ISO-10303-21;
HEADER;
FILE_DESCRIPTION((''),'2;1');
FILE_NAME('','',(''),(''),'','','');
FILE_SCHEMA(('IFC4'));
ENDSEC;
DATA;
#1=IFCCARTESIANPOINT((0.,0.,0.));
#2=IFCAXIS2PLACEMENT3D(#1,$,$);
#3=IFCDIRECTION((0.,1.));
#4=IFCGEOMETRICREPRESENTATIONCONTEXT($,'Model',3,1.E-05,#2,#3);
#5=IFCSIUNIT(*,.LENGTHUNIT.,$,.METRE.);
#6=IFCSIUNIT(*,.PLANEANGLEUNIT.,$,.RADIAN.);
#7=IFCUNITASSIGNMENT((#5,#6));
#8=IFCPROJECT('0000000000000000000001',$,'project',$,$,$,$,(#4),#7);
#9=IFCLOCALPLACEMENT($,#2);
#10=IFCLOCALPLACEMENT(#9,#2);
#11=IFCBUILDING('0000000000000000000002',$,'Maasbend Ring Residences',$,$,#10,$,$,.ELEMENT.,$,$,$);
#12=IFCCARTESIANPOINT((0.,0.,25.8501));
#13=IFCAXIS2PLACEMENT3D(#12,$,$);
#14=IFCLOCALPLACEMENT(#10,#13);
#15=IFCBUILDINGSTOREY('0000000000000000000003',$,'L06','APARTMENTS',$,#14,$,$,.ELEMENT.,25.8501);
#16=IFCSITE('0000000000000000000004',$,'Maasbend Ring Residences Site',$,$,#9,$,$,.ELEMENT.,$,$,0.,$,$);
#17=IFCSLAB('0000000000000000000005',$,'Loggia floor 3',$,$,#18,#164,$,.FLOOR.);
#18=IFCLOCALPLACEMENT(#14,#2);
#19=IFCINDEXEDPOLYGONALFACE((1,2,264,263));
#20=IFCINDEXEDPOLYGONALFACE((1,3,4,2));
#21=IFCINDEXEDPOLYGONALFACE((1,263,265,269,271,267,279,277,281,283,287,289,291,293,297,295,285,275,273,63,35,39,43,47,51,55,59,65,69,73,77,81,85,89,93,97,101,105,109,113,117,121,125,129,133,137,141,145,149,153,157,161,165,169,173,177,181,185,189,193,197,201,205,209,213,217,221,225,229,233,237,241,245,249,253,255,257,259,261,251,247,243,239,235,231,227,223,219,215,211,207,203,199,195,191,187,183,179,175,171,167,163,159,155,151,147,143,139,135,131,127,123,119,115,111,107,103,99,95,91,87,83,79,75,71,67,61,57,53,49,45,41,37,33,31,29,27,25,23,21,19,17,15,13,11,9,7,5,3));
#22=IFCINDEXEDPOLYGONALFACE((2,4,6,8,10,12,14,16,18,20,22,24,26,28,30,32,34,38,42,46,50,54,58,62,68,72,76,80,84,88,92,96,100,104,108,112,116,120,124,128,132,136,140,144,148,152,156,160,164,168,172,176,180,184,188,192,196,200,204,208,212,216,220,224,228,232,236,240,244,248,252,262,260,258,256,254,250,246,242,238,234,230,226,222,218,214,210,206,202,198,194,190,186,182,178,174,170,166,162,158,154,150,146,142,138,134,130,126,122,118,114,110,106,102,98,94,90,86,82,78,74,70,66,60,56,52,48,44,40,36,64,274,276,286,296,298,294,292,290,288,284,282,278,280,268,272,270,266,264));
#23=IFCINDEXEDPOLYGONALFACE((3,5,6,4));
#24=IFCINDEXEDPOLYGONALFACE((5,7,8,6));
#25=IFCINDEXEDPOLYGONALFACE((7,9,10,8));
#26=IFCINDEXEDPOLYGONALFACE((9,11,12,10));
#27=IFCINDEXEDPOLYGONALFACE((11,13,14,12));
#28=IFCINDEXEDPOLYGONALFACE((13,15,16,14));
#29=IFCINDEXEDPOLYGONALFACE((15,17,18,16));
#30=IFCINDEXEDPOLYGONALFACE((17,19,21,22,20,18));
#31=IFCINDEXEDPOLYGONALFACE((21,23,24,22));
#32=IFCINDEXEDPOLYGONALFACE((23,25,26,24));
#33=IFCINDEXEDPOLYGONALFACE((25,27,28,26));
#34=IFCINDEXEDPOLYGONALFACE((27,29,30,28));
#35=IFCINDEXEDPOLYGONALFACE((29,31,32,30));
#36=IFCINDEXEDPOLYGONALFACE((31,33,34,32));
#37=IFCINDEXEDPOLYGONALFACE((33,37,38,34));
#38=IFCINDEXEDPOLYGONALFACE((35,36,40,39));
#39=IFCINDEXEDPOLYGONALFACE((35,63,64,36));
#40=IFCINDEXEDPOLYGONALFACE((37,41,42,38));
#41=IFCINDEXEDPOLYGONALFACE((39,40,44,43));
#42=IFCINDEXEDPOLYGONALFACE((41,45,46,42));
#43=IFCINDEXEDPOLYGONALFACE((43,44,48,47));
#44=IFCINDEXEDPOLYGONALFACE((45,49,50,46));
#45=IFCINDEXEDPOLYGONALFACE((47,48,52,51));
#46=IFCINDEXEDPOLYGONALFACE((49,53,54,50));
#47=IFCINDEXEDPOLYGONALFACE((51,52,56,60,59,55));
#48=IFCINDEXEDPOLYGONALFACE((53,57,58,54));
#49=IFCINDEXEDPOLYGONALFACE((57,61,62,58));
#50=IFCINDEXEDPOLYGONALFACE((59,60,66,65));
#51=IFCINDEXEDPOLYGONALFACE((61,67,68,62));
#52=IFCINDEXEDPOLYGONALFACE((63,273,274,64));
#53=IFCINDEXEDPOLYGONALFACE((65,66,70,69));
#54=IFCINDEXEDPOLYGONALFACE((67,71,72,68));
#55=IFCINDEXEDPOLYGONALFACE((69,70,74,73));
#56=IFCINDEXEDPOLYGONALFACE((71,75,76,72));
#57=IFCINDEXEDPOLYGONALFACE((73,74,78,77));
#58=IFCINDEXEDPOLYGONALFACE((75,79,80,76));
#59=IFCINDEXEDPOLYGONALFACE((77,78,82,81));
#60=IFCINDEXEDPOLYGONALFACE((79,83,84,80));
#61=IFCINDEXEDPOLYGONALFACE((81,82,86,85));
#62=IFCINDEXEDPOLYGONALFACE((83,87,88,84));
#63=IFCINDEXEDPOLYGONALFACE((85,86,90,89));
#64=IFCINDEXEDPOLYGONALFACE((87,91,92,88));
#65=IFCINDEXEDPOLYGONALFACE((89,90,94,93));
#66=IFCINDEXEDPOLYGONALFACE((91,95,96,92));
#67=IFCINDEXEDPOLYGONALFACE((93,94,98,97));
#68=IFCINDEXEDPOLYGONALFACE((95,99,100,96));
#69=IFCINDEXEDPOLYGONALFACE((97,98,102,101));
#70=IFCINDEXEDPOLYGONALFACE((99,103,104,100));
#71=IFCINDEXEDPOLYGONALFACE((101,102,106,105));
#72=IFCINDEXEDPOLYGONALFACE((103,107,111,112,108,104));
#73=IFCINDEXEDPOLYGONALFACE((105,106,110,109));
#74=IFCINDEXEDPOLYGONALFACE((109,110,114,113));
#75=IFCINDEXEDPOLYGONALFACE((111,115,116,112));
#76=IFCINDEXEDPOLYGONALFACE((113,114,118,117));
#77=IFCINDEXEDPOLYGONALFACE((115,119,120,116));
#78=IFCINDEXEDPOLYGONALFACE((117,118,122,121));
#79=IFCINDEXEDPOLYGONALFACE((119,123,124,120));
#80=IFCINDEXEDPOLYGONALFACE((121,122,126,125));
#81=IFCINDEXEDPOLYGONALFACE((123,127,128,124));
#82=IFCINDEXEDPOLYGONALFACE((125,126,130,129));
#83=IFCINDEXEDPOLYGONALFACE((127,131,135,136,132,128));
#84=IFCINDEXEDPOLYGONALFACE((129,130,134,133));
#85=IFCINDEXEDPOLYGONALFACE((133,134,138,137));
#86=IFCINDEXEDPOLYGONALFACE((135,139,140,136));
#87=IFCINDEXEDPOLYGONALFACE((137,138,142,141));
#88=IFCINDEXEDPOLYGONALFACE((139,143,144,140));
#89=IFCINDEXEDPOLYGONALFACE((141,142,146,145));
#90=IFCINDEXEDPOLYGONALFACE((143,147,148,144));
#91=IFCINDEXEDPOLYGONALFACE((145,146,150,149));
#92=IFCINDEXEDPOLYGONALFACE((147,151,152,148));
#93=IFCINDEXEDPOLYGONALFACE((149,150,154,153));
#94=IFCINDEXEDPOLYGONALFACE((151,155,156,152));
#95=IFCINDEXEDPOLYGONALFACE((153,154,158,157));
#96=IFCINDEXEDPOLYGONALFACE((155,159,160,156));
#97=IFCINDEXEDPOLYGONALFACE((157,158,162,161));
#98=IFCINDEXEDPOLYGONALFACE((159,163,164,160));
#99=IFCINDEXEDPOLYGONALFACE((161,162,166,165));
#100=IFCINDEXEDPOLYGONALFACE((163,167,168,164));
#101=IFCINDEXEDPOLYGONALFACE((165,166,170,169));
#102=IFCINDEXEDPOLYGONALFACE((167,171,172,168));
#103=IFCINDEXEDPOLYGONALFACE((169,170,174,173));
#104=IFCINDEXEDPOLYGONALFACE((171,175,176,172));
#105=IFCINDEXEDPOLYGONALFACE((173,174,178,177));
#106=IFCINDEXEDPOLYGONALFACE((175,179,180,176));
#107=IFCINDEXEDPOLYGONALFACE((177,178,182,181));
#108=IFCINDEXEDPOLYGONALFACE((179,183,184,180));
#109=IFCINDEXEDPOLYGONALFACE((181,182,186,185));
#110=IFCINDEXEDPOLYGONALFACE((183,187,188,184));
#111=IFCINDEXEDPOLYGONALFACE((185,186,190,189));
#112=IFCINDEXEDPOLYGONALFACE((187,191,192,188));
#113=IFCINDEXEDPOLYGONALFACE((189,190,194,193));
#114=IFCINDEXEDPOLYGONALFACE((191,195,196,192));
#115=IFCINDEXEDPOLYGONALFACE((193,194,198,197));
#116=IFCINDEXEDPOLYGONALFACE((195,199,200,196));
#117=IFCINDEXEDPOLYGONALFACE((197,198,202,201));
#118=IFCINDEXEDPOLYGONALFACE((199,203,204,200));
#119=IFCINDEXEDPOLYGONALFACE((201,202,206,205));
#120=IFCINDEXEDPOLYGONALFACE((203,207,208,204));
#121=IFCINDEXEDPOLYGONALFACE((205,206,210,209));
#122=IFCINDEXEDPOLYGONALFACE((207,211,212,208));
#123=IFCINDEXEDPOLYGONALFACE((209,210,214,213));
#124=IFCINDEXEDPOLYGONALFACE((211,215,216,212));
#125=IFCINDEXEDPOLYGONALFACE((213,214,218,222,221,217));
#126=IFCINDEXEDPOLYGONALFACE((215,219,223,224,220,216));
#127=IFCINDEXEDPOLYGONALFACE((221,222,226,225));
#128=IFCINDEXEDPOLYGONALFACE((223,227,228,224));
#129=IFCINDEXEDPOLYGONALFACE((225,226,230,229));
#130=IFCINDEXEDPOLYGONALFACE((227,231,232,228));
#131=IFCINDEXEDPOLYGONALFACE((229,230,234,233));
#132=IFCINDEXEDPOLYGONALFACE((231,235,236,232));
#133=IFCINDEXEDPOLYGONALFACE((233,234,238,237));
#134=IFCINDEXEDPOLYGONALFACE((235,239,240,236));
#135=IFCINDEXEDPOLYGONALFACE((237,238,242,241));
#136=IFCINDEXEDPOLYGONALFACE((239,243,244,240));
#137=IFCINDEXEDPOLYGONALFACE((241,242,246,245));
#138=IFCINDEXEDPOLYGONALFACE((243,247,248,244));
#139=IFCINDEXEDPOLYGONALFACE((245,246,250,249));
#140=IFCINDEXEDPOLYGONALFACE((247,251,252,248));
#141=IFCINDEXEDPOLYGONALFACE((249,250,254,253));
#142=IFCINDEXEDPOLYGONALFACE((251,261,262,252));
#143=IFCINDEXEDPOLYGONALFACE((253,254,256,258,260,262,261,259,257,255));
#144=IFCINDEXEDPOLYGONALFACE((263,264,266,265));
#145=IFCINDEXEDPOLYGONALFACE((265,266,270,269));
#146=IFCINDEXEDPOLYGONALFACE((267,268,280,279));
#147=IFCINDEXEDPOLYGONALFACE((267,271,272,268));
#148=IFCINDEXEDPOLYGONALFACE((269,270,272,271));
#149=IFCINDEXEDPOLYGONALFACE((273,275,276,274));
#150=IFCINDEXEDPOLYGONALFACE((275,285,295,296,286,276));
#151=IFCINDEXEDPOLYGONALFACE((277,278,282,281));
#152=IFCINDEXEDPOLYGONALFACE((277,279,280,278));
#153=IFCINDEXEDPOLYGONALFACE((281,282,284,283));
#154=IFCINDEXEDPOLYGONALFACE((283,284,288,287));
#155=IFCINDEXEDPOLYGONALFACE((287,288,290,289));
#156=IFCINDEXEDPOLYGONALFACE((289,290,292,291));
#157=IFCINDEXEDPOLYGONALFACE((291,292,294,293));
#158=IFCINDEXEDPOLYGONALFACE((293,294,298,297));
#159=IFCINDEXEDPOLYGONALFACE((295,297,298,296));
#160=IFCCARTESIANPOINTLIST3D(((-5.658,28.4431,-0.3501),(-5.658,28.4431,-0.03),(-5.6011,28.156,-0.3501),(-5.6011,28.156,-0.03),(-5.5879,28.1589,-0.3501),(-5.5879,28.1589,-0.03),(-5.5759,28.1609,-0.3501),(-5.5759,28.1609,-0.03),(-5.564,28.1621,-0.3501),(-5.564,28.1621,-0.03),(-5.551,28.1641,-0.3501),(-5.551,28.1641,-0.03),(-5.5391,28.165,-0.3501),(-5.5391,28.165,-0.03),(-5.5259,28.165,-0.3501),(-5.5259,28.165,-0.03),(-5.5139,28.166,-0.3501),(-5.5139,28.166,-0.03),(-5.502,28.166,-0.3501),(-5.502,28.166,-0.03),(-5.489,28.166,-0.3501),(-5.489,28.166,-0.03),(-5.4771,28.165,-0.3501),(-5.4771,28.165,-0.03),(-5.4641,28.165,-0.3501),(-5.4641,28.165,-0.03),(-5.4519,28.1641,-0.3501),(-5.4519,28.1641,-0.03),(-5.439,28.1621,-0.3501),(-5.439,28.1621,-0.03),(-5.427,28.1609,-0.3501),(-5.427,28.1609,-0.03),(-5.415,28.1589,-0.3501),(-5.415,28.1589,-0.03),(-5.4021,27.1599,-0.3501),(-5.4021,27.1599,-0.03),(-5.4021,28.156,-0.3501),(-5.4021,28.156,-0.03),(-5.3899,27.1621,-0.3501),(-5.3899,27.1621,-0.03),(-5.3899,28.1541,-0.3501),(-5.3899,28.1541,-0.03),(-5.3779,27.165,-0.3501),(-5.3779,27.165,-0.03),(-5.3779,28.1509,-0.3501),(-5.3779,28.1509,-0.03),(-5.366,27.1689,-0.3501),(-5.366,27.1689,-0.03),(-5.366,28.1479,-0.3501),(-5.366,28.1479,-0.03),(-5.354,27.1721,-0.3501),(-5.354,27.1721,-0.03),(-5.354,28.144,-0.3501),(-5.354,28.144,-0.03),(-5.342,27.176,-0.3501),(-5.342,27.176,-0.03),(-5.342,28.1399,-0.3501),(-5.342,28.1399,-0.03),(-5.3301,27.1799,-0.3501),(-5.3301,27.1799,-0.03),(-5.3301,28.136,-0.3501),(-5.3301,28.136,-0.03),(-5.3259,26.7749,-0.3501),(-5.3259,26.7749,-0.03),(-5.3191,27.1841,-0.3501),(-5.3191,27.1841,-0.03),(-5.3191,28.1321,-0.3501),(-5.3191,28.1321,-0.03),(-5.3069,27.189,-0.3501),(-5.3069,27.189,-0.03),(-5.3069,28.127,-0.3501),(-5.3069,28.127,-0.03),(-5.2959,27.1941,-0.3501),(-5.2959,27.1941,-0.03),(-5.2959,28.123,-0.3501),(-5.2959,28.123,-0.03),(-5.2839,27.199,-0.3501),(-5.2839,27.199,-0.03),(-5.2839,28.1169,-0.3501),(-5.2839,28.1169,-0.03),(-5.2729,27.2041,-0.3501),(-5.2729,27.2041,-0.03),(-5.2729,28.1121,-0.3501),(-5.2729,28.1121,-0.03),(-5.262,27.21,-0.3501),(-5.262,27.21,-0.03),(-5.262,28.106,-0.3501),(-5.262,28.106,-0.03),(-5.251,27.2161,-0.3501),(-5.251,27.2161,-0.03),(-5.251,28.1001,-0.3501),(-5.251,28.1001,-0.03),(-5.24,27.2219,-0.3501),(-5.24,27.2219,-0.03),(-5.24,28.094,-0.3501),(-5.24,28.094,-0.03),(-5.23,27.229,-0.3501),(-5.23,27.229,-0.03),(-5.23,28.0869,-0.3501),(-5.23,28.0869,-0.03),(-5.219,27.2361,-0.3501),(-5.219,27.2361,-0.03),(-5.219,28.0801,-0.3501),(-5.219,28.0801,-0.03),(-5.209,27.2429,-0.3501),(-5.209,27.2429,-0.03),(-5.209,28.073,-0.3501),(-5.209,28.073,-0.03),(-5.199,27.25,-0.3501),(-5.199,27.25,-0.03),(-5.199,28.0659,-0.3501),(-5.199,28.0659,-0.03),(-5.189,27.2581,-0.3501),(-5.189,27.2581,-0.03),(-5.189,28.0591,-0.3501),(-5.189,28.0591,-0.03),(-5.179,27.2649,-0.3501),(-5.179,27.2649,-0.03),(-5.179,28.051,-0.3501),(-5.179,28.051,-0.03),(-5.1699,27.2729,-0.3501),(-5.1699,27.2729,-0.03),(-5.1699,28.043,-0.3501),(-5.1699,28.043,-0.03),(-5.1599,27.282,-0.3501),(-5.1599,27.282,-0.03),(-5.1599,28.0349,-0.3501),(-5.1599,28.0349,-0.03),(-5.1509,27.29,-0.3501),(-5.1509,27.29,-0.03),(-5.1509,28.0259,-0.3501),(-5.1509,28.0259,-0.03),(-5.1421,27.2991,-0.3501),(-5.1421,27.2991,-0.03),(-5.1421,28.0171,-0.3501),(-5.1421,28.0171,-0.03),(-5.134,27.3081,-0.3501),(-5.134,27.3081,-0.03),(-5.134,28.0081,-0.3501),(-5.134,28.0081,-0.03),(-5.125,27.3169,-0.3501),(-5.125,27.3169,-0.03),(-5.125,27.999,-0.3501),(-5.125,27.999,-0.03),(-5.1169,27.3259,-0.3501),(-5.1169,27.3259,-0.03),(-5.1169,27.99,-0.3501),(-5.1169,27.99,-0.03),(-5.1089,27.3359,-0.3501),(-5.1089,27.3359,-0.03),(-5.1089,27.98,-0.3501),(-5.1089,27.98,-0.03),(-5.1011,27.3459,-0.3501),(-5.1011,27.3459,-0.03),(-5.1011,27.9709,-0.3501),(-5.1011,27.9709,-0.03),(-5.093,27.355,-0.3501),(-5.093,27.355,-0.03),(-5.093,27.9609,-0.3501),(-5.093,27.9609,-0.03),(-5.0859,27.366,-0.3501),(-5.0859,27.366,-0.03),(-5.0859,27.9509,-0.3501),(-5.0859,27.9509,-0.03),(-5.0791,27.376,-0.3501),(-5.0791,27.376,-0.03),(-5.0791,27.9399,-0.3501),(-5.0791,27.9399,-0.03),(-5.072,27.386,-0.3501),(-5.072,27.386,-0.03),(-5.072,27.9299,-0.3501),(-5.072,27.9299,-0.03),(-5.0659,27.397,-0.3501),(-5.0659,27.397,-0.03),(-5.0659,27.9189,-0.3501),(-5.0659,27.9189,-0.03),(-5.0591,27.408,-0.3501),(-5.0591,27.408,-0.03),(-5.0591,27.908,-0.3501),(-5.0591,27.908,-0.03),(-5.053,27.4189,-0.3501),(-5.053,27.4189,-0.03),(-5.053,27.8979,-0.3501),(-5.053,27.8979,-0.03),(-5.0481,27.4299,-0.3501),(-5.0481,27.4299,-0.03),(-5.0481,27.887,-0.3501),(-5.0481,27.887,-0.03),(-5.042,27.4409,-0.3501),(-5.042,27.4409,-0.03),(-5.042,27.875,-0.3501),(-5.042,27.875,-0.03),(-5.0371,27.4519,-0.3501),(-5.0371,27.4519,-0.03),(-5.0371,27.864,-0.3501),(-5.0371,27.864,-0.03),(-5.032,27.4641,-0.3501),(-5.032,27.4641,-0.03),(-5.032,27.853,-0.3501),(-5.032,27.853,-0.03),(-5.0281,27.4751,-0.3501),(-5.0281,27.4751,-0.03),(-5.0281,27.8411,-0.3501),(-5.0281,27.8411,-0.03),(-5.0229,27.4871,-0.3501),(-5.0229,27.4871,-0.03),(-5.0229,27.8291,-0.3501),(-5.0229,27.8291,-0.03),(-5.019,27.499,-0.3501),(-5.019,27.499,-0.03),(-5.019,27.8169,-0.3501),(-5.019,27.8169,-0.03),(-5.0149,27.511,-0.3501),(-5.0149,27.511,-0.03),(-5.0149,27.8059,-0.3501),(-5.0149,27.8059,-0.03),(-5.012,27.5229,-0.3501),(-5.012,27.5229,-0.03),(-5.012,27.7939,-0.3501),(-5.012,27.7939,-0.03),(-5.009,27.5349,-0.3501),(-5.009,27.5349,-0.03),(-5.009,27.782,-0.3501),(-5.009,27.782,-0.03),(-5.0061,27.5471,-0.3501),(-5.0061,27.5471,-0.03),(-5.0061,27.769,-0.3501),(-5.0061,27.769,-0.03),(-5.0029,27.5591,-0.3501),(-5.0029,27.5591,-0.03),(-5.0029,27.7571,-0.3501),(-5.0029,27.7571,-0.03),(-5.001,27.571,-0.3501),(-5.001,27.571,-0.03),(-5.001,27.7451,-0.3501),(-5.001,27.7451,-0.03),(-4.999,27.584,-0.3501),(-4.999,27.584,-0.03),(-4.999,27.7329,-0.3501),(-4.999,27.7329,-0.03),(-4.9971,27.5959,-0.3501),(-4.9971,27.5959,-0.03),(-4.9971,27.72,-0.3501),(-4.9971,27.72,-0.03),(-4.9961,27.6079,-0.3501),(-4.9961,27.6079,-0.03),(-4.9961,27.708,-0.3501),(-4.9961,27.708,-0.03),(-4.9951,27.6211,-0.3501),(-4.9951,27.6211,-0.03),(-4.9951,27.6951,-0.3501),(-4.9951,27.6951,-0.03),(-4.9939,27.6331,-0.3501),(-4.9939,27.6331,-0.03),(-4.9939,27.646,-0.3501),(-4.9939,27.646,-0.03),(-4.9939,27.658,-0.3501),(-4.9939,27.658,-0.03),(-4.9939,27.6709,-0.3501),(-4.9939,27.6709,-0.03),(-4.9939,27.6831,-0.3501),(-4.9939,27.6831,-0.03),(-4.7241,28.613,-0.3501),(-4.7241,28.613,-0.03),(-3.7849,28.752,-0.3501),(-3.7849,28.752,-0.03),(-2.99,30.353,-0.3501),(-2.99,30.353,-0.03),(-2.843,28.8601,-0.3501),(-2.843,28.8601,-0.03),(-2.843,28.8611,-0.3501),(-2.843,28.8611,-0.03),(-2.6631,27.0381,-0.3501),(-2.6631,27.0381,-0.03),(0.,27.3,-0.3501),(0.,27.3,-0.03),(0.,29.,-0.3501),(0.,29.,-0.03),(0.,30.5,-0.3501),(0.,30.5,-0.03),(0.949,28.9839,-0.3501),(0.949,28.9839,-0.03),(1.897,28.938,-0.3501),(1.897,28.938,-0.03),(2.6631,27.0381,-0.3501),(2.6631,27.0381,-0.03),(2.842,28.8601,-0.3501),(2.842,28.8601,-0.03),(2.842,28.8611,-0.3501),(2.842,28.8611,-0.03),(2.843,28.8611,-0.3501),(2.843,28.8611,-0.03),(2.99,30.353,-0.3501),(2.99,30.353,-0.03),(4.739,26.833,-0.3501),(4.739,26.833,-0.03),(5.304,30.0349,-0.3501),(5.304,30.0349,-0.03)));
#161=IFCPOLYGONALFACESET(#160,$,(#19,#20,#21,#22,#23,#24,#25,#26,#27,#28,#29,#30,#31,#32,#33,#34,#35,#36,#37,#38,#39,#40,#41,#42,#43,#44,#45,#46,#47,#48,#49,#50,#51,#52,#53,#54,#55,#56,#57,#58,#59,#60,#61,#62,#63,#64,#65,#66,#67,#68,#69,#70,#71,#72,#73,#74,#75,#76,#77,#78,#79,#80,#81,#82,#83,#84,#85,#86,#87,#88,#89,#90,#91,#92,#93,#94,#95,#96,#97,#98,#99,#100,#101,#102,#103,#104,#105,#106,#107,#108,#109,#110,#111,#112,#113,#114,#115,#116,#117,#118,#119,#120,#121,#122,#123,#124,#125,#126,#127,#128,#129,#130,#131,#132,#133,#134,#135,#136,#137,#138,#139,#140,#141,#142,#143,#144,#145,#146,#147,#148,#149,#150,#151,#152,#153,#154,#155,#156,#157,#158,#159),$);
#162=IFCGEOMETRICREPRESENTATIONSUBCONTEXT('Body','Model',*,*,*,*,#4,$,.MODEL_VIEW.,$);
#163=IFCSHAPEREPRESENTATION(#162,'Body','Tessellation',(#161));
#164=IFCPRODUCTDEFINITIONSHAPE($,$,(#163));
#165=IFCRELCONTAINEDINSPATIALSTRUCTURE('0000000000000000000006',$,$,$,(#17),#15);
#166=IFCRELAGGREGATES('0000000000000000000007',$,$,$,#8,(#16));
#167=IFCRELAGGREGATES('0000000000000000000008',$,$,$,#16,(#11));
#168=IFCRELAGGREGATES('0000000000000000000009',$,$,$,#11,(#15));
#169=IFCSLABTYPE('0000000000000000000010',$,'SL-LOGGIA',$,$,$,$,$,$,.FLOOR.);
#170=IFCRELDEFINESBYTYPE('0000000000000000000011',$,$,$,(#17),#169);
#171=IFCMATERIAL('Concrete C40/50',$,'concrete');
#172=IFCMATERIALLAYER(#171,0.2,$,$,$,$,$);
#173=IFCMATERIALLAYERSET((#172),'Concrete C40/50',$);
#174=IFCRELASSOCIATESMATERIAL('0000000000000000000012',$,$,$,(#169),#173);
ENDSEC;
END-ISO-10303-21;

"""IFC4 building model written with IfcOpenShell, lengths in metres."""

from ifc_helpers import new_model, si_unit, direction, frame, origin, place, context, subcontext, project, spatial, polyline, outline, extrude, material, layer, layer_set, type_object, element, save


model = new_model("IFC4")

# Units and contexts
model_context = context("Model", 3, precision=1e-05, world=origin(), true_north=direction((0.0, 1.0)))
body_context = subcontext(model_context, "Body", "Model", "MODEL_VIEW")
ifc_project = project(units=[si_unit("LENGTHUNIT", "METRE"), si_unit("PLANEANGLEUNIT", "RADIAN")], contexts=[model_context])

# Site, building, storey
site_placement = place(None, origin())
site = spatial("IfcSite", under=ifc_project, at=site_placement, Name="Maasbend Ring Residences Site", CompositionType="ELEMENT", RefElevation=0.0)
building_placement = place(site_placement, origin())
building = spatial("IfcBuilding", under=site, at=building_placement, Name="Maasbend Ring Residences", CompositionType="ELEMENT")
storey_placement = place(building_placement, frame((0.0, 0.0, 25.8501)))
storey = spatial("IfcBuildingStorey", under=building, at=storey_placement, Name="L06", Description="APARTMENTS", CompositionType="ELEMENT", Elevation=25.8501)

# Slab
ifc_material_1 = material(Name="Concrete C40/50", Category="concrete")
ifc_layer_1 = layer(ifc_material_1, 0.2)
ifc_layer_set_1 = layer_set([ifc_layer_1], Name="Concrete C40/50")
slab_type_1 = type_object("IfcSlabType", Name="SL-LOGGIA", PredefinedType="FLOOR", material=ifc_layer_set_1)
slab_1_placement = place(storey_placement, frame((0.0, 0.0, -0.3501)))
element("IfcSlab", 1, at=slab_1_placement, inside=storey, type_object=slab_type_1, Name="Loggia floor 3", PredefinedType="FLOOR", context=body_context, shape_type="SweptSolid", body=[
    extrude(outline(polyline([(-3.7849, 28.752), (-2.843, 28.8601), (-2.843, 28.8601), (-2.843, 28.8601), (-2.843, 28.8601), (-2.843, 28.8601), (-2.843, 28.8601), (-2.843, 28.8601), (-2.843, 28.8601), (-2.843, 28.8601), (-2.843, 28.8611), (-2.843, 28.8611), (-2.843, 28.8611), (-2.843, 28.8611), (-2.843, 28.8611), (-2.843, 28.8611), (-2.843, 28.8611), (-2.843, 28.8611), (-2.99, 30.353), (-2.99, 30.353), (-2.99, 30.353), (0.0, 30.5), (0.0, 30.5), (0.0, 30.5), (0.0, 29.0), (0.0, 29.0), (0.0, 29.0), (0.0, 29.0), (0.0, 29.0), (0.0, 29.0), (0.0, 29.0), (0.0, 29.0), (0.0, 29.0), (0.0, 29.0), (0.0, 29.0), (0.0, 29.0), (0.0, 29.0), (0.0, 29.0), (0.0, 29.0), (0.0, 29.0), (0.0, 29.0), (0.949, 28.9839), (0.949, 28.9839), (1.897, 28.938), (1.897, 28.938), (2.842, 28.8601), (2.842, 28.8601), (2.842, 28.8601), (2.842, 28.8601), (2.842, 28.8601), (2.842, 28.8601), (2.842, 28.8601), (2.842, 28.8601), (2.842, 28.8611), (2.842, 28.8611), (2.842, 28.8611), (2.842, 28.8611), (2.842, 28.8611), (2.843, 28.8611), (2.843, 28.8611), (2.843, 28.8611), (2.843, 28.8611), (2.99, 30.353), (2.99, 30.353), (2.99, 30.353), (5.304, 30.0349), (5.304, 30.0349), (5.304, 30.0349), (4.739, 26.833), (4.739, 26.833), (4.739, 26.833), (2.6631, 27.0381), (0.0, 27.3), (0.0, 27.3), (0.0, 27.3), (-2.6631, 27.0381), (-5.3259, 26.7749), (-5.3259, 26.7749), (-5.3259, 26.7749), (-5.4021, 27.1599), (-5.4021, 27.1599), (-5.3899, 27.1621), (-5.3779, 27.165), (-5.366, 27.1689), (-5.354, 27.1721), (-5.342, 27.176), (-5.3301, 27.1799), (-5.3191, 27.1841), (-5.3069, 27.189), (-5.2959, 27.1941), (-5.2839, 27.199), (-5.2729, 27.2041), (-5.262, 27.21), (-5.251, 27.2161), (-5.24, 27.2219), (-5.23, 27.229), (-5.219, 27.2361), (-5.209, 27.2429), (-5.199, 27.25), (-5.189, 27.2581), (-5.179, 27.2649), (-5.1699, 27.2729), (-5.1599, 27.282), (-5.1509, 27.29), (-5.1421, 27.2991), (-5.134, 27.3081), (-5.125, 27.3169), (-5.1169, 27.3259), (-5.1089, 27.3359), (-5.1011, 27.3459), (-5.093, 27.355), (-5.0859, 27.366), (-5.0791, 27.376), (-5.072, 27.386), (-5.0659, 27.397), (-5.0591, 27.408), (-5.053, 27.4189), (-5.0481, 27.4299), (-5.042, 27.4409), (-5.0371, 27.4519), (-5.032, 27.4641), (-5.0281, 27.4751), (-5.0229, 27.4871), (-5.019, 27.499), (-5.0149, 27.511), (-5.012, 27.5229), (-5.009, 27.5349), (-5.0061, 27.5471), (-5.0029, 27.5591), (-5.001, 27.571), (-4.999, 27.584), (-4.9971, 27.5959), (-4.9961, 27.6079), (-4.9951, 27.6211), (-4.9939, 27.6331), (-4.9939, 27.646), (-4.9939, 27.658), (-4.9939, 27.6709), (-4.9939, 27.6831), (-4.9951, 27.6951), (-4.9961, 27.708), (-4.9971, 27.72), (-4.999, 27.7329), (-5.001, 27.7451), (-5.0029, 27.7571), (-5.0061, 27.769), (-5.009, 27.782), (-5.012, 27.7939), (-5.0149, 27.8059), (-5.019, 27.8169), (-5.0229, 27.8291), (-5.0281, 27.8411), (-5.032, 27.853), (-5.0371, 27.864), (-5.042, 27.875), (-5.0481, 27.887), (-5.053, 27.8979), (-5.0591, 27.908), (-5.0659, 27.9189), (-5.072, 27.9299), (-5.0791, 27.9399), (-5.0859, 27.9509), (-5.093, 27.9609), (-5.1011, 27.9709), (-5.1089, 27.98), (-5.1169, 27.99), (-5.125, 27.999), (-5.134, 28.0081), (-5.1421, 28.0171), (-5.1509, 28.0259), (-5.1599, 28.0349), (-5.1699, 28.043), (-5.179, 28.051), (-5.189, 28.0591), (-5.199, 28.0659), (-5.209, 28.073), (-5.219, 28.0801), (-5.23, 28.0869), (-5.24, 28.094), (-5.251, 28.1001), (-5.262, 28.106), (-5.2729, 28.1121), (-5.2839, 28.1169), (-5.2959, 28.123), (-5.3069, 28.127), (-5.3191, 28.1321), (-5.3301, 28.136), (-5.342, 28.1399), (-5.354, 28.144), (-5.366, 28.1479), (-5.3779, 28.1509), (-5.3899, 28.1541), (-5.4021, 28.156), (-5.415, 28.1589), (-5.427, 28.1609), (-5.439, 28.1621), (-5.4519, 28.1641), (-5.4641, 28.165), (-5.4771, 28.165), (-5.489, 28.166), (-5.502, 28.166), (-5.5139, 28.166), (-5.5259, 28.165), (-5.5391, 28.165), (-5.551, 28.1641), (-5.564, 28.1621), (-5.5759, 28.1609), (-5.5879, 28.1589), (-5.6011, 28.156), (-5.6011, 28.156), (-5.658, 28.4431), (-5.658, 28.4431), (-5.658, 28.4431), (-4.7241, 28.613), (-4.7241, 28.613), (-3.7849, 28.752), (-3.7849, 28.752)])), origin(), (0.0, 0.0, 1.0), 0.3201),
])

save(model, "model.ifc")
